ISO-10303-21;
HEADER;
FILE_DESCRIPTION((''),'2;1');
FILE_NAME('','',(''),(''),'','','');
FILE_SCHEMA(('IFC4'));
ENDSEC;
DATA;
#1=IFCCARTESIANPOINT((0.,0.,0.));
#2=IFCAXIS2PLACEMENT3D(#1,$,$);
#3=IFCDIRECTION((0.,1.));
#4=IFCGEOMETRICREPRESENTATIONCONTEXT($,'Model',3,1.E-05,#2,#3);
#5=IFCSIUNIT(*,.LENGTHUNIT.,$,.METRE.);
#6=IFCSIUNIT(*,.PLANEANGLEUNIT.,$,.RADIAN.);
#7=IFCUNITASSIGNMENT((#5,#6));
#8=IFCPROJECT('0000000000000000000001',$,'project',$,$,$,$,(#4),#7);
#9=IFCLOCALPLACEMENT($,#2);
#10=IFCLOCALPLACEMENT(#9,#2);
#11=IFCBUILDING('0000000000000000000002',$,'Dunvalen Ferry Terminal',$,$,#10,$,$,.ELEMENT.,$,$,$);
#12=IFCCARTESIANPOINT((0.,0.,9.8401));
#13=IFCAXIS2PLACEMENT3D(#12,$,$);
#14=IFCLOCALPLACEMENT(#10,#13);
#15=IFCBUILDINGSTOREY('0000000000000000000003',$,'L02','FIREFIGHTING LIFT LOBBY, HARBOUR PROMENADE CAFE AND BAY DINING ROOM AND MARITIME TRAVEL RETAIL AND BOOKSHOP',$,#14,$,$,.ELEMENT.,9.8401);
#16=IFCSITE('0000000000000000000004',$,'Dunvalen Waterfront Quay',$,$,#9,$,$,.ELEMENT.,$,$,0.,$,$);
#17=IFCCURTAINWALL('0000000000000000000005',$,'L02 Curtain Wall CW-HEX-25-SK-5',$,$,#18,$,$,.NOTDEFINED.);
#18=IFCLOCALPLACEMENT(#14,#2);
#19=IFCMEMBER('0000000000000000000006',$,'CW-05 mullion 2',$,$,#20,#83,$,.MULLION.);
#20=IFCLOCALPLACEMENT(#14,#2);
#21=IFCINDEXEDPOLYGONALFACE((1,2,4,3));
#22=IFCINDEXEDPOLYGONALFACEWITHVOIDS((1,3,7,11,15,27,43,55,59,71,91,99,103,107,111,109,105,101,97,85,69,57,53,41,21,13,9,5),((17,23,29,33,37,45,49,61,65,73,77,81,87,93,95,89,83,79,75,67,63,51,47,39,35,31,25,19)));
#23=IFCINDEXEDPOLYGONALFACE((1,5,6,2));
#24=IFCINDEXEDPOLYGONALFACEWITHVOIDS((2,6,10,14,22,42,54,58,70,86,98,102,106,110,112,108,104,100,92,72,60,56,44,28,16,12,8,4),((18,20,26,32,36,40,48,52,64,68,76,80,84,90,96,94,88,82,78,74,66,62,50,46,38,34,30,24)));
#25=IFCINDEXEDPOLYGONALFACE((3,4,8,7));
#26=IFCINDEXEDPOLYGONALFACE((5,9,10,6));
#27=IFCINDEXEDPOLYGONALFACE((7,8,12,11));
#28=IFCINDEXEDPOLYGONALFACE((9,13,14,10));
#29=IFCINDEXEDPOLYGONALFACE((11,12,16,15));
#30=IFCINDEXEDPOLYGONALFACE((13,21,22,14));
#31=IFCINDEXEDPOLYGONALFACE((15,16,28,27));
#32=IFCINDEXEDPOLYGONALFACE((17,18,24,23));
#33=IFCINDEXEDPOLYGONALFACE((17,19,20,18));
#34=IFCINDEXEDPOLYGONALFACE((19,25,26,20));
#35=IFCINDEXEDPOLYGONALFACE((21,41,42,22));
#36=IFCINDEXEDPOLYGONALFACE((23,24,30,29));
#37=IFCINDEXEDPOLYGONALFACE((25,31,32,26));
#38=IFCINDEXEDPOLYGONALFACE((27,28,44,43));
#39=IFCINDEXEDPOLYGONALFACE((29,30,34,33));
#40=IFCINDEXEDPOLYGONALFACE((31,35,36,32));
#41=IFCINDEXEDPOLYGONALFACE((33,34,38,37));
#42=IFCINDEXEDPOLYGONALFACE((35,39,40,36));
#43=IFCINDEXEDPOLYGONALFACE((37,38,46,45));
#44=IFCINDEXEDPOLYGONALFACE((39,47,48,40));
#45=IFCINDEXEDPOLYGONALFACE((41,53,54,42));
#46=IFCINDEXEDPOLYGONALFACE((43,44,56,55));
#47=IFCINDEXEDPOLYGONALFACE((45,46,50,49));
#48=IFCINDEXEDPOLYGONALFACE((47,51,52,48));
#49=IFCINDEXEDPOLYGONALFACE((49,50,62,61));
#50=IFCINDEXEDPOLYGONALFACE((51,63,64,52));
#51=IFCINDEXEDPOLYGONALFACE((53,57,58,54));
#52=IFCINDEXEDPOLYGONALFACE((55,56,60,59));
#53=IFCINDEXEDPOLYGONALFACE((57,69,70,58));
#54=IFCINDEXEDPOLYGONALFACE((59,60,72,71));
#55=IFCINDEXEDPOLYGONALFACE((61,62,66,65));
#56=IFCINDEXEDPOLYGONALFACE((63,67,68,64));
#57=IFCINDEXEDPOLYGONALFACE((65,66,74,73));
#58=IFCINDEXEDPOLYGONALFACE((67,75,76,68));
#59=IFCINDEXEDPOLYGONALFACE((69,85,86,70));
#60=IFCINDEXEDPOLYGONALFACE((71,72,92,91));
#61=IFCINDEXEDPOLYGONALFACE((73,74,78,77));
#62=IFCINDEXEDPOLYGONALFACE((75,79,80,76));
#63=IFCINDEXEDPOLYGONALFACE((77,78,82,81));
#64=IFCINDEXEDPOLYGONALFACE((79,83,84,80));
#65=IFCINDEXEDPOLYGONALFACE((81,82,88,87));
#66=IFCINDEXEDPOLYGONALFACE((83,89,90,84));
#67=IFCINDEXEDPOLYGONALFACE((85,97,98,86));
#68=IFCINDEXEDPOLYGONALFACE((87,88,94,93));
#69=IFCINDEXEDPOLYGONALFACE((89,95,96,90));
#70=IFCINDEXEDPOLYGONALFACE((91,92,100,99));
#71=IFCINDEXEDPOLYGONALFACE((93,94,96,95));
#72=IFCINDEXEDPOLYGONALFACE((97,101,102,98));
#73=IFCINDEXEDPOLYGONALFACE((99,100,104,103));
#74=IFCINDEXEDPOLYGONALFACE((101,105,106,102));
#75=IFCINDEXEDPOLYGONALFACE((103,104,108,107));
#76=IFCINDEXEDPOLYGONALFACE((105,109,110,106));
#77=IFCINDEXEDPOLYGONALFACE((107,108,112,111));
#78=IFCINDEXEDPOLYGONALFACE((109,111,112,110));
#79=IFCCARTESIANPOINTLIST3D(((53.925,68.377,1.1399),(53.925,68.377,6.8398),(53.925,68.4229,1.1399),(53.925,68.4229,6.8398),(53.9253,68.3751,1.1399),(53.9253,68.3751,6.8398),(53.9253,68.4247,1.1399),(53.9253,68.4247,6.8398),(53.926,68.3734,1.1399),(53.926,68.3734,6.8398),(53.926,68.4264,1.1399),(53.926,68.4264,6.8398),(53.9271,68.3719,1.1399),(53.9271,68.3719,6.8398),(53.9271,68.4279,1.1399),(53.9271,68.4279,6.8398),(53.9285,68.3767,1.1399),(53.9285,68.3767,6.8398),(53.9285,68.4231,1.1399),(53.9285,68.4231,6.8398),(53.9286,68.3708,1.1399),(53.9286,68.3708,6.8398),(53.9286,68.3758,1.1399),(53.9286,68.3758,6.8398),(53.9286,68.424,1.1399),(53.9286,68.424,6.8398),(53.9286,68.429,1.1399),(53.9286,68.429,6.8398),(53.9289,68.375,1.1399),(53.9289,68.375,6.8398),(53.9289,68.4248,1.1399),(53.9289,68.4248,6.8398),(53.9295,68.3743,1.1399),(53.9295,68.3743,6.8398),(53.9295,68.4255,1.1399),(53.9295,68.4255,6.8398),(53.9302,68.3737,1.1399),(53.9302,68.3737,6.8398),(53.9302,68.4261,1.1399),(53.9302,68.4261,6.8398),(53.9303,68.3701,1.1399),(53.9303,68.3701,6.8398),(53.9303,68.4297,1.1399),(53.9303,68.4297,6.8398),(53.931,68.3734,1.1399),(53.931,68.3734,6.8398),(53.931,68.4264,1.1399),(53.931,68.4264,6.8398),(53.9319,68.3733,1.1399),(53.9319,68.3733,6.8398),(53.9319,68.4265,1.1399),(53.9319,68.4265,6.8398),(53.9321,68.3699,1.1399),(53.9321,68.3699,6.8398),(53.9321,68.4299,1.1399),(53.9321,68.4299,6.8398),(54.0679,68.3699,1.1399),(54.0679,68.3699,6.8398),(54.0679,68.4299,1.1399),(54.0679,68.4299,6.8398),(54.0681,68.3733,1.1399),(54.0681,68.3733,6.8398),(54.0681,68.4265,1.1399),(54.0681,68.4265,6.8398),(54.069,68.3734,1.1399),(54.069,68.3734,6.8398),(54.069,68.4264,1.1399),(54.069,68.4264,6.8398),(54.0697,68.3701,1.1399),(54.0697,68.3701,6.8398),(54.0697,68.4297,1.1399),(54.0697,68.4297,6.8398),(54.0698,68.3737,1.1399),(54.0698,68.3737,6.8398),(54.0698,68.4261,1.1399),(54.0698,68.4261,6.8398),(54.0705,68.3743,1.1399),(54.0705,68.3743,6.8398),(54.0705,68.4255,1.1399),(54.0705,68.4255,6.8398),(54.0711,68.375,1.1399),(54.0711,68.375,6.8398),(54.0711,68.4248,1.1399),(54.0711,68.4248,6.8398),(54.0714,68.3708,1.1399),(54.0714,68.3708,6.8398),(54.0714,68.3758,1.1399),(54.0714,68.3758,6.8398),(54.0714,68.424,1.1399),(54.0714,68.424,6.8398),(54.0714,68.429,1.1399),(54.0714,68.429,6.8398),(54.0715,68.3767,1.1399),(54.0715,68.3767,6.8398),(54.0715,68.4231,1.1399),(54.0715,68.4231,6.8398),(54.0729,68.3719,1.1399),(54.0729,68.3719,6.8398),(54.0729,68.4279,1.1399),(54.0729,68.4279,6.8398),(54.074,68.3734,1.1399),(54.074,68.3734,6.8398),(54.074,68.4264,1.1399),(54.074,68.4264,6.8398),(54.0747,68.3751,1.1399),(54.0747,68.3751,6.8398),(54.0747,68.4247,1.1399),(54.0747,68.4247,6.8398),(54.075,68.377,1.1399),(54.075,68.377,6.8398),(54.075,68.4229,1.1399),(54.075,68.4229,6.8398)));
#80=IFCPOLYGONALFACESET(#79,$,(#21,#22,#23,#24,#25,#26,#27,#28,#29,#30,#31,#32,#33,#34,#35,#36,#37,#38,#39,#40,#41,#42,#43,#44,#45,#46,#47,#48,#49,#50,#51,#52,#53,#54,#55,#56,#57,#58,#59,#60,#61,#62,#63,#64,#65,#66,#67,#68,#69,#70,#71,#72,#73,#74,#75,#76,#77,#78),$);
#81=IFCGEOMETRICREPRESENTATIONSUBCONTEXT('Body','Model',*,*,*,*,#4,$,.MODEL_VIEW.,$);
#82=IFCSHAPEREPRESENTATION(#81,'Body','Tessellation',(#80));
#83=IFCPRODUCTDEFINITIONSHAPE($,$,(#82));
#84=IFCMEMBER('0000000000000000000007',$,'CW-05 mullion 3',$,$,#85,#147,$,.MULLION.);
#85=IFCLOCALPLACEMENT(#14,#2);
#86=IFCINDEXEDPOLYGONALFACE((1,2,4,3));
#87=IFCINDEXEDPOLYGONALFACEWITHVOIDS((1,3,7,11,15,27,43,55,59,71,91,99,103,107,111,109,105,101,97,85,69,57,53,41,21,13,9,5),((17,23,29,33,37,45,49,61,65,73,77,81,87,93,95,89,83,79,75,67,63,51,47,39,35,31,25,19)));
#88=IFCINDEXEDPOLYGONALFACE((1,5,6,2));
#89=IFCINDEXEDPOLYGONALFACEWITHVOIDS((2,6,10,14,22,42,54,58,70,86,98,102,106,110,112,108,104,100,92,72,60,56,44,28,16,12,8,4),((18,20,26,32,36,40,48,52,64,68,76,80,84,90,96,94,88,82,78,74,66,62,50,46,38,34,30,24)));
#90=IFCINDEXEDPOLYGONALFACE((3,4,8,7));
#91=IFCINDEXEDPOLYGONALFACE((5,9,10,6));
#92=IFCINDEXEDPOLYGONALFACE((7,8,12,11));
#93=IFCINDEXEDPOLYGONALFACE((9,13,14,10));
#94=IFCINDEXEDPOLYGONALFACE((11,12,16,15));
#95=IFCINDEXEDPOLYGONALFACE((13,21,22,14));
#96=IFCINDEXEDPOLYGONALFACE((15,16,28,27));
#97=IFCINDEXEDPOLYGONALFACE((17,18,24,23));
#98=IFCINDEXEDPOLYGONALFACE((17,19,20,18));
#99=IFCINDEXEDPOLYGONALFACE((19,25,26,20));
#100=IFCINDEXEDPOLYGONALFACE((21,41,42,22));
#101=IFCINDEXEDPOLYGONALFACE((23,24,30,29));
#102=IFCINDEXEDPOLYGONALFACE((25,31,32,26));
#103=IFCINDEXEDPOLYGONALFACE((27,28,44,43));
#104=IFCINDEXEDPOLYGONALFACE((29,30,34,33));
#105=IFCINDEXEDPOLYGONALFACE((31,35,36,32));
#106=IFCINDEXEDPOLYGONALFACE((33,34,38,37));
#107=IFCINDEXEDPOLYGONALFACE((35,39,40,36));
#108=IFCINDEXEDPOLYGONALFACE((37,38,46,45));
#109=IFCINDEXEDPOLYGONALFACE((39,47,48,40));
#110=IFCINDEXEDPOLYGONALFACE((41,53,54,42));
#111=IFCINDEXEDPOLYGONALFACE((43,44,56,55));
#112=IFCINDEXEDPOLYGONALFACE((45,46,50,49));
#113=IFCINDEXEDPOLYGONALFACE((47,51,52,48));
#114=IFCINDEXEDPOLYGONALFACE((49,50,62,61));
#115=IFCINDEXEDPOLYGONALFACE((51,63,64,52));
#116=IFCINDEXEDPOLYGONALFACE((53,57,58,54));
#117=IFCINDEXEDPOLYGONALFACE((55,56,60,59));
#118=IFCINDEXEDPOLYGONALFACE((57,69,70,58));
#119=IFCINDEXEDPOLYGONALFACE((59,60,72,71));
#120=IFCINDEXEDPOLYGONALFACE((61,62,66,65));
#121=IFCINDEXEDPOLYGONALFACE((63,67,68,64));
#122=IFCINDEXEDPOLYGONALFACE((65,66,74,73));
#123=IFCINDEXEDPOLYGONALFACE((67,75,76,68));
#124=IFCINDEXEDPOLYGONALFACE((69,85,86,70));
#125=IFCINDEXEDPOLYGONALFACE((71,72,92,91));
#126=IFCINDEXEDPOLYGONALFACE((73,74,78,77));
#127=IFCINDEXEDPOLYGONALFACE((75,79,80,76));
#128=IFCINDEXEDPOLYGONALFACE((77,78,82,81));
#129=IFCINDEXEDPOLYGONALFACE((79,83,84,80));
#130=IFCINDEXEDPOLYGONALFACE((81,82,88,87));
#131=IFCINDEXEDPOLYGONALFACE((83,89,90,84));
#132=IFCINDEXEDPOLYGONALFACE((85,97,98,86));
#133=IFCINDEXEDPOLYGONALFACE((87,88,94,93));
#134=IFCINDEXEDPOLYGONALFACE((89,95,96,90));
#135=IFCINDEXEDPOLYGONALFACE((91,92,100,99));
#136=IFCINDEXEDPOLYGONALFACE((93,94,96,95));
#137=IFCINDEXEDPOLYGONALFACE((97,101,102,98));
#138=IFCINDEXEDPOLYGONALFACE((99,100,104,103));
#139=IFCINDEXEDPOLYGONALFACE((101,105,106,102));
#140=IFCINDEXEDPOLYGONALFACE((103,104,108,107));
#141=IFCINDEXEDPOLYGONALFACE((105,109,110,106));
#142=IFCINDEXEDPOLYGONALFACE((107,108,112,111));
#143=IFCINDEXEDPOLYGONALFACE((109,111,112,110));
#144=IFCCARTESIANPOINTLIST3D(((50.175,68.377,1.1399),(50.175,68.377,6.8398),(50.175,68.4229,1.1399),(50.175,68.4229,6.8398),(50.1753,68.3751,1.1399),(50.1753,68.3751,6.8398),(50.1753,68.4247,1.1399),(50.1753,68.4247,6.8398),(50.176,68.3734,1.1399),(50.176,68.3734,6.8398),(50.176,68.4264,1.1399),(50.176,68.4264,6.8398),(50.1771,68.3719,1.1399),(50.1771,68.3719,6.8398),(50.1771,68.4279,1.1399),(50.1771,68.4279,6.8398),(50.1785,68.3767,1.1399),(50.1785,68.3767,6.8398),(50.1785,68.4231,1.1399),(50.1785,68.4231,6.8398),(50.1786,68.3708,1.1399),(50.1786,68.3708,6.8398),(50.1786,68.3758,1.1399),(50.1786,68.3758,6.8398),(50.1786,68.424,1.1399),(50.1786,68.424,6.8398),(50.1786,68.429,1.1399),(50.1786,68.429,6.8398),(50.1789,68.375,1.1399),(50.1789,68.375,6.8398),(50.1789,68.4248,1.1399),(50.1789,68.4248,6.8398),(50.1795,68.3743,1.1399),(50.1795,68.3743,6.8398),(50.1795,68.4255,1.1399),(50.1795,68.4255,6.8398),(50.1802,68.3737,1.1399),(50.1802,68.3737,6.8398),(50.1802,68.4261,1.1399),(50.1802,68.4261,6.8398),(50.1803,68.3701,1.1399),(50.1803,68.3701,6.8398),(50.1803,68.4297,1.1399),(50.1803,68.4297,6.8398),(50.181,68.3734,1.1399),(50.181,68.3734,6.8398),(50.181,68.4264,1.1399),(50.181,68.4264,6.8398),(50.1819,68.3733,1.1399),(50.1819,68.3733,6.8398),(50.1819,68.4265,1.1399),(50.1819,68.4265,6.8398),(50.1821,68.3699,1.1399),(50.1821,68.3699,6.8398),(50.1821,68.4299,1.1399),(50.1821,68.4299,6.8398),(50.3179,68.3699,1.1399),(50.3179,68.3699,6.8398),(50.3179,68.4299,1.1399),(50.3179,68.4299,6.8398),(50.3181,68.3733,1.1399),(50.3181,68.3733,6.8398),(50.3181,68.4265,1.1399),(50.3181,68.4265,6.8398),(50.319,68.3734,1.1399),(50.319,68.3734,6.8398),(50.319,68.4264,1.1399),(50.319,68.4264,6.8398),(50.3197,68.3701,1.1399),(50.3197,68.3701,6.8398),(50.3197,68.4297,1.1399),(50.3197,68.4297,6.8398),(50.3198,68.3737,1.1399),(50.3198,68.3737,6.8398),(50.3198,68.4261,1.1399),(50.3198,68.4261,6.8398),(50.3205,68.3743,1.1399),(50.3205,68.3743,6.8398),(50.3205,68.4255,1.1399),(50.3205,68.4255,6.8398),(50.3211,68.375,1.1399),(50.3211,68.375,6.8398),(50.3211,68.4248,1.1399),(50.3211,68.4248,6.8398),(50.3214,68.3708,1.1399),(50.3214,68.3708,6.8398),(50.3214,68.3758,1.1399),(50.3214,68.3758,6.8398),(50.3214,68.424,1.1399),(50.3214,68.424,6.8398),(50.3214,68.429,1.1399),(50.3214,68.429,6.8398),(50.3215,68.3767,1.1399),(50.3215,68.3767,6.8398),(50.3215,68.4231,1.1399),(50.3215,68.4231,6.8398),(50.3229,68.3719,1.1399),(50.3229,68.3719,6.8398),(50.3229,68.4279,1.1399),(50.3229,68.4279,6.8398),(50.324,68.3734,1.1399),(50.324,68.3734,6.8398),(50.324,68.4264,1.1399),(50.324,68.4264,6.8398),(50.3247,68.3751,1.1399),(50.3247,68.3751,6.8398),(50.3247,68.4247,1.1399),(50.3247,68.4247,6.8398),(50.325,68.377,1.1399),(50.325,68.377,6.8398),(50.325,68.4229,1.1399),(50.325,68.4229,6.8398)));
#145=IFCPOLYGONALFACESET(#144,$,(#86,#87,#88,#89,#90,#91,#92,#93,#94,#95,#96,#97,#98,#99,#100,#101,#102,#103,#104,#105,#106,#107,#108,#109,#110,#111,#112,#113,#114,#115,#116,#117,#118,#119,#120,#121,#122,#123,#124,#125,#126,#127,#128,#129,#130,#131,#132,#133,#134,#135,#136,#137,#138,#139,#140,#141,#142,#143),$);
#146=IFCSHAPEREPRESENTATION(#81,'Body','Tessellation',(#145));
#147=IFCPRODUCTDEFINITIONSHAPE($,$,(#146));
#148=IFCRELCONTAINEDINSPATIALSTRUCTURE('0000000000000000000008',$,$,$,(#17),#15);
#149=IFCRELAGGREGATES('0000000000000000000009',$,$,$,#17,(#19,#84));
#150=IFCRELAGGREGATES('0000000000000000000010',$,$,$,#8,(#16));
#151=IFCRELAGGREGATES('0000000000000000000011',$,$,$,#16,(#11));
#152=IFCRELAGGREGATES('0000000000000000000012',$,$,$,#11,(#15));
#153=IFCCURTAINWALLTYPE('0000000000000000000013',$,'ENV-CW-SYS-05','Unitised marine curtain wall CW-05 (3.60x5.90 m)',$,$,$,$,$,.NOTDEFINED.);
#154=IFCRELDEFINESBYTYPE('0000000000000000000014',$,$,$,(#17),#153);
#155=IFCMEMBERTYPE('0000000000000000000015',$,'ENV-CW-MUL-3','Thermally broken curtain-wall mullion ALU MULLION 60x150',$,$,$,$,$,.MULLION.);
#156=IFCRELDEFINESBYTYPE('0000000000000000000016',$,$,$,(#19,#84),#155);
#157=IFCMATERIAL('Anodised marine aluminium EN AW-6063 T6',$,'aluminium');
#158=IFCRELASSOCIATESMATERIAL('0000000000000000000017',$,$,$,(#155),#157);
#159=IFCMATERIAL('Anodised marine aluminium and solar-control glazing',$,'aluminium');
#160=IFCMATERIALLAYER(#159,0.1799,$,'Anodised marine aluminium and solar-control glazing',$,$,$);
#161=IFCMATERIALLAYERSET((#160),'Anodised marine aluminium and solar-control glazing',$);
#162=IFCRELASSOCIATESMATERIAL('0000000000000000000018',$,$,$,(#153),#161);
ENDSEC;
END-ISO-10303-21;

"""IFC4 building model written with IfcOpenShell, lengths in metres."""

from ifc_helpers import new_model, si_unit, direction, frame, origin, origin_2d, place, context, subcontext, project, spatial, hollow_rectangle, extrude, material, layer, layer_set, material_profile, profile_set, type_object, element, aggregate, save


model = new_model("IFC4")

# Units and contexts
model_context = context("Model", 3, precision=1e-05, world=origin(), true_north=direction((0.0, 1.0)))
body_context = subcontext(model_context, "Body", "Model", "MODEL_VIEW")
ifc_project = project(units=[si_unit("LENGTHUNIT", "METRE"), si_unit("PLANEANGLEUNIT", "RADIAN")], contexts=[model_context])

# Site, building, storey
site_placement = place(None, origin())
site = spatial("IfcSite", under=ifc_project, at=site_placement, Name="Dunvalen Waterfront Quay", CompositionType="ELEMENT", RefElevation=0.0)
building_placement = place(site_placement, origin())
building = spatial("IfcBuilding", under=site, at=building_placement, Name="Dunvalen Ferry Terminal", CompositionType="ELEMENT")
storey_placement = place(building_placement, frame((0.0, 0.0, 9.8401)))
storey = spatial("IfcBuildingStorey", under=building, at=storey_placement, Name="L02", Description="FIREFIGHTING LIFT LOBBY, HARBOUR PROMENADE CAFE AND BAY DINING ROOM AND MARITIME TRAVEL RETAIL AND BOOKSHOP", CompositionType="ELEMENT", Elevation=9.8401)

# Shared definitions
ifc_material_1 = material(Name="Anodised marine aluminium and solar-control glazing", Category="aluminium")
ifc_material_2 = material(Name="Anodised marine aluminium EN AW-6063 T6", Category="aluminium")
ifc_material_profile_1 = material_profile(ifc_material_2, hollow_rectangle(XDim=0.0601, YDim=0.1499, WallThickness=0.0034, InnerFilletRadius=0.0034, OuterFilletRadius=0.0071, at=origin_2d()), Name="Anodised marine aluminium EN AW-6063 T6")
ifc_profile_set_1 = profile_set([ifc_material_profile_1], Name="Anodised marine aluminium EN AW-6063 T6")
member_type_1 = type_object("IfcMemberType", Name="ENV-CW-MUL-3", Description="Thermally broken curtain-wall mullion ALU MULLION 60x150", PredefinedType="MULLION", material=ifc_profile_set_1)

# Curtain wall, members
ifc_layer_1 = layer(ifc_material_1, 0.1799, Name="Anodised marine aluminium and solar-control glazing")
ifc_layer_set_1 = layer_set([ifc_layer_1], Name="Anodised marine aluminium and solar-control glazing")
curtain_wall_type_1 = type_object("IfcCurtainWallType", Name="ENV-CW-SYS-05", Description="Unitised marine curtain wall CW-05 (3.60x5.90 m)", PredefinedType="NOTDEFINED", material=ifc_layer_set_1)
curtain_wall_1_placement = place(storey_placement, origin())
curtain_wall_1 = element("IfcCurtainWall", 1, at=curtain_wall_1_placement, inside=storey, type_object=curtain_wall_type_1, Name="L02 Curtain Wall CW-HEX-25-SK-5", PredefinedType="NOTDEFINED")
member_1_placement = place(storey_placement, frame((54.0, 68.3999, 1.1399), z_axis=(0.0, 0.0, 1.0), x_axis=(0.0, -1.0, 0.0)))
member_1 = element("IfcMember", 2, at=member_1_placement, type_object=member_type_1, Name="CW-05 mullion 2", PredefinedType="MULLION", context=body_context, shape_type="SweptSolid", body=[
    extrude(hollow_rectangle(XDim=0.0601, YDim=0.1499, WallThickness=0.0034, InnerFilletRadius=0.0034, OuterFilletRadius=0.0071, at=origin_2d()), origin(), (0.0, 0.0, 1.0), 5.7),
])
member_2_placement = place(storey_placement, frame((50.25, 68.3999, 1.1399), z_axis=(0.0, 0.0, 1.0), x_axis=(0.0, -1.0, 0.0)))
member_2 = element("IfcMember", 3, at=member_2_placement, type_object=member_type_1, Name="CW-05 mullion 3", PredefinedType="MULLION", context=body_context, shape_type="SweptSolid", body=[
    extrude(hollow_rectangle(XDim=0.0601, YDim=0.1499, WallThickness=0.0034, InnerFilletRadius=0.0034, OuterFilletRadius=0.0071, at=origin_2d()), origin(), (0.0, 0.0, 1.0), 5.7),
])

aggregate(curtain_wall_1, [member_1, member_2])

save(model, "model.ifc")
